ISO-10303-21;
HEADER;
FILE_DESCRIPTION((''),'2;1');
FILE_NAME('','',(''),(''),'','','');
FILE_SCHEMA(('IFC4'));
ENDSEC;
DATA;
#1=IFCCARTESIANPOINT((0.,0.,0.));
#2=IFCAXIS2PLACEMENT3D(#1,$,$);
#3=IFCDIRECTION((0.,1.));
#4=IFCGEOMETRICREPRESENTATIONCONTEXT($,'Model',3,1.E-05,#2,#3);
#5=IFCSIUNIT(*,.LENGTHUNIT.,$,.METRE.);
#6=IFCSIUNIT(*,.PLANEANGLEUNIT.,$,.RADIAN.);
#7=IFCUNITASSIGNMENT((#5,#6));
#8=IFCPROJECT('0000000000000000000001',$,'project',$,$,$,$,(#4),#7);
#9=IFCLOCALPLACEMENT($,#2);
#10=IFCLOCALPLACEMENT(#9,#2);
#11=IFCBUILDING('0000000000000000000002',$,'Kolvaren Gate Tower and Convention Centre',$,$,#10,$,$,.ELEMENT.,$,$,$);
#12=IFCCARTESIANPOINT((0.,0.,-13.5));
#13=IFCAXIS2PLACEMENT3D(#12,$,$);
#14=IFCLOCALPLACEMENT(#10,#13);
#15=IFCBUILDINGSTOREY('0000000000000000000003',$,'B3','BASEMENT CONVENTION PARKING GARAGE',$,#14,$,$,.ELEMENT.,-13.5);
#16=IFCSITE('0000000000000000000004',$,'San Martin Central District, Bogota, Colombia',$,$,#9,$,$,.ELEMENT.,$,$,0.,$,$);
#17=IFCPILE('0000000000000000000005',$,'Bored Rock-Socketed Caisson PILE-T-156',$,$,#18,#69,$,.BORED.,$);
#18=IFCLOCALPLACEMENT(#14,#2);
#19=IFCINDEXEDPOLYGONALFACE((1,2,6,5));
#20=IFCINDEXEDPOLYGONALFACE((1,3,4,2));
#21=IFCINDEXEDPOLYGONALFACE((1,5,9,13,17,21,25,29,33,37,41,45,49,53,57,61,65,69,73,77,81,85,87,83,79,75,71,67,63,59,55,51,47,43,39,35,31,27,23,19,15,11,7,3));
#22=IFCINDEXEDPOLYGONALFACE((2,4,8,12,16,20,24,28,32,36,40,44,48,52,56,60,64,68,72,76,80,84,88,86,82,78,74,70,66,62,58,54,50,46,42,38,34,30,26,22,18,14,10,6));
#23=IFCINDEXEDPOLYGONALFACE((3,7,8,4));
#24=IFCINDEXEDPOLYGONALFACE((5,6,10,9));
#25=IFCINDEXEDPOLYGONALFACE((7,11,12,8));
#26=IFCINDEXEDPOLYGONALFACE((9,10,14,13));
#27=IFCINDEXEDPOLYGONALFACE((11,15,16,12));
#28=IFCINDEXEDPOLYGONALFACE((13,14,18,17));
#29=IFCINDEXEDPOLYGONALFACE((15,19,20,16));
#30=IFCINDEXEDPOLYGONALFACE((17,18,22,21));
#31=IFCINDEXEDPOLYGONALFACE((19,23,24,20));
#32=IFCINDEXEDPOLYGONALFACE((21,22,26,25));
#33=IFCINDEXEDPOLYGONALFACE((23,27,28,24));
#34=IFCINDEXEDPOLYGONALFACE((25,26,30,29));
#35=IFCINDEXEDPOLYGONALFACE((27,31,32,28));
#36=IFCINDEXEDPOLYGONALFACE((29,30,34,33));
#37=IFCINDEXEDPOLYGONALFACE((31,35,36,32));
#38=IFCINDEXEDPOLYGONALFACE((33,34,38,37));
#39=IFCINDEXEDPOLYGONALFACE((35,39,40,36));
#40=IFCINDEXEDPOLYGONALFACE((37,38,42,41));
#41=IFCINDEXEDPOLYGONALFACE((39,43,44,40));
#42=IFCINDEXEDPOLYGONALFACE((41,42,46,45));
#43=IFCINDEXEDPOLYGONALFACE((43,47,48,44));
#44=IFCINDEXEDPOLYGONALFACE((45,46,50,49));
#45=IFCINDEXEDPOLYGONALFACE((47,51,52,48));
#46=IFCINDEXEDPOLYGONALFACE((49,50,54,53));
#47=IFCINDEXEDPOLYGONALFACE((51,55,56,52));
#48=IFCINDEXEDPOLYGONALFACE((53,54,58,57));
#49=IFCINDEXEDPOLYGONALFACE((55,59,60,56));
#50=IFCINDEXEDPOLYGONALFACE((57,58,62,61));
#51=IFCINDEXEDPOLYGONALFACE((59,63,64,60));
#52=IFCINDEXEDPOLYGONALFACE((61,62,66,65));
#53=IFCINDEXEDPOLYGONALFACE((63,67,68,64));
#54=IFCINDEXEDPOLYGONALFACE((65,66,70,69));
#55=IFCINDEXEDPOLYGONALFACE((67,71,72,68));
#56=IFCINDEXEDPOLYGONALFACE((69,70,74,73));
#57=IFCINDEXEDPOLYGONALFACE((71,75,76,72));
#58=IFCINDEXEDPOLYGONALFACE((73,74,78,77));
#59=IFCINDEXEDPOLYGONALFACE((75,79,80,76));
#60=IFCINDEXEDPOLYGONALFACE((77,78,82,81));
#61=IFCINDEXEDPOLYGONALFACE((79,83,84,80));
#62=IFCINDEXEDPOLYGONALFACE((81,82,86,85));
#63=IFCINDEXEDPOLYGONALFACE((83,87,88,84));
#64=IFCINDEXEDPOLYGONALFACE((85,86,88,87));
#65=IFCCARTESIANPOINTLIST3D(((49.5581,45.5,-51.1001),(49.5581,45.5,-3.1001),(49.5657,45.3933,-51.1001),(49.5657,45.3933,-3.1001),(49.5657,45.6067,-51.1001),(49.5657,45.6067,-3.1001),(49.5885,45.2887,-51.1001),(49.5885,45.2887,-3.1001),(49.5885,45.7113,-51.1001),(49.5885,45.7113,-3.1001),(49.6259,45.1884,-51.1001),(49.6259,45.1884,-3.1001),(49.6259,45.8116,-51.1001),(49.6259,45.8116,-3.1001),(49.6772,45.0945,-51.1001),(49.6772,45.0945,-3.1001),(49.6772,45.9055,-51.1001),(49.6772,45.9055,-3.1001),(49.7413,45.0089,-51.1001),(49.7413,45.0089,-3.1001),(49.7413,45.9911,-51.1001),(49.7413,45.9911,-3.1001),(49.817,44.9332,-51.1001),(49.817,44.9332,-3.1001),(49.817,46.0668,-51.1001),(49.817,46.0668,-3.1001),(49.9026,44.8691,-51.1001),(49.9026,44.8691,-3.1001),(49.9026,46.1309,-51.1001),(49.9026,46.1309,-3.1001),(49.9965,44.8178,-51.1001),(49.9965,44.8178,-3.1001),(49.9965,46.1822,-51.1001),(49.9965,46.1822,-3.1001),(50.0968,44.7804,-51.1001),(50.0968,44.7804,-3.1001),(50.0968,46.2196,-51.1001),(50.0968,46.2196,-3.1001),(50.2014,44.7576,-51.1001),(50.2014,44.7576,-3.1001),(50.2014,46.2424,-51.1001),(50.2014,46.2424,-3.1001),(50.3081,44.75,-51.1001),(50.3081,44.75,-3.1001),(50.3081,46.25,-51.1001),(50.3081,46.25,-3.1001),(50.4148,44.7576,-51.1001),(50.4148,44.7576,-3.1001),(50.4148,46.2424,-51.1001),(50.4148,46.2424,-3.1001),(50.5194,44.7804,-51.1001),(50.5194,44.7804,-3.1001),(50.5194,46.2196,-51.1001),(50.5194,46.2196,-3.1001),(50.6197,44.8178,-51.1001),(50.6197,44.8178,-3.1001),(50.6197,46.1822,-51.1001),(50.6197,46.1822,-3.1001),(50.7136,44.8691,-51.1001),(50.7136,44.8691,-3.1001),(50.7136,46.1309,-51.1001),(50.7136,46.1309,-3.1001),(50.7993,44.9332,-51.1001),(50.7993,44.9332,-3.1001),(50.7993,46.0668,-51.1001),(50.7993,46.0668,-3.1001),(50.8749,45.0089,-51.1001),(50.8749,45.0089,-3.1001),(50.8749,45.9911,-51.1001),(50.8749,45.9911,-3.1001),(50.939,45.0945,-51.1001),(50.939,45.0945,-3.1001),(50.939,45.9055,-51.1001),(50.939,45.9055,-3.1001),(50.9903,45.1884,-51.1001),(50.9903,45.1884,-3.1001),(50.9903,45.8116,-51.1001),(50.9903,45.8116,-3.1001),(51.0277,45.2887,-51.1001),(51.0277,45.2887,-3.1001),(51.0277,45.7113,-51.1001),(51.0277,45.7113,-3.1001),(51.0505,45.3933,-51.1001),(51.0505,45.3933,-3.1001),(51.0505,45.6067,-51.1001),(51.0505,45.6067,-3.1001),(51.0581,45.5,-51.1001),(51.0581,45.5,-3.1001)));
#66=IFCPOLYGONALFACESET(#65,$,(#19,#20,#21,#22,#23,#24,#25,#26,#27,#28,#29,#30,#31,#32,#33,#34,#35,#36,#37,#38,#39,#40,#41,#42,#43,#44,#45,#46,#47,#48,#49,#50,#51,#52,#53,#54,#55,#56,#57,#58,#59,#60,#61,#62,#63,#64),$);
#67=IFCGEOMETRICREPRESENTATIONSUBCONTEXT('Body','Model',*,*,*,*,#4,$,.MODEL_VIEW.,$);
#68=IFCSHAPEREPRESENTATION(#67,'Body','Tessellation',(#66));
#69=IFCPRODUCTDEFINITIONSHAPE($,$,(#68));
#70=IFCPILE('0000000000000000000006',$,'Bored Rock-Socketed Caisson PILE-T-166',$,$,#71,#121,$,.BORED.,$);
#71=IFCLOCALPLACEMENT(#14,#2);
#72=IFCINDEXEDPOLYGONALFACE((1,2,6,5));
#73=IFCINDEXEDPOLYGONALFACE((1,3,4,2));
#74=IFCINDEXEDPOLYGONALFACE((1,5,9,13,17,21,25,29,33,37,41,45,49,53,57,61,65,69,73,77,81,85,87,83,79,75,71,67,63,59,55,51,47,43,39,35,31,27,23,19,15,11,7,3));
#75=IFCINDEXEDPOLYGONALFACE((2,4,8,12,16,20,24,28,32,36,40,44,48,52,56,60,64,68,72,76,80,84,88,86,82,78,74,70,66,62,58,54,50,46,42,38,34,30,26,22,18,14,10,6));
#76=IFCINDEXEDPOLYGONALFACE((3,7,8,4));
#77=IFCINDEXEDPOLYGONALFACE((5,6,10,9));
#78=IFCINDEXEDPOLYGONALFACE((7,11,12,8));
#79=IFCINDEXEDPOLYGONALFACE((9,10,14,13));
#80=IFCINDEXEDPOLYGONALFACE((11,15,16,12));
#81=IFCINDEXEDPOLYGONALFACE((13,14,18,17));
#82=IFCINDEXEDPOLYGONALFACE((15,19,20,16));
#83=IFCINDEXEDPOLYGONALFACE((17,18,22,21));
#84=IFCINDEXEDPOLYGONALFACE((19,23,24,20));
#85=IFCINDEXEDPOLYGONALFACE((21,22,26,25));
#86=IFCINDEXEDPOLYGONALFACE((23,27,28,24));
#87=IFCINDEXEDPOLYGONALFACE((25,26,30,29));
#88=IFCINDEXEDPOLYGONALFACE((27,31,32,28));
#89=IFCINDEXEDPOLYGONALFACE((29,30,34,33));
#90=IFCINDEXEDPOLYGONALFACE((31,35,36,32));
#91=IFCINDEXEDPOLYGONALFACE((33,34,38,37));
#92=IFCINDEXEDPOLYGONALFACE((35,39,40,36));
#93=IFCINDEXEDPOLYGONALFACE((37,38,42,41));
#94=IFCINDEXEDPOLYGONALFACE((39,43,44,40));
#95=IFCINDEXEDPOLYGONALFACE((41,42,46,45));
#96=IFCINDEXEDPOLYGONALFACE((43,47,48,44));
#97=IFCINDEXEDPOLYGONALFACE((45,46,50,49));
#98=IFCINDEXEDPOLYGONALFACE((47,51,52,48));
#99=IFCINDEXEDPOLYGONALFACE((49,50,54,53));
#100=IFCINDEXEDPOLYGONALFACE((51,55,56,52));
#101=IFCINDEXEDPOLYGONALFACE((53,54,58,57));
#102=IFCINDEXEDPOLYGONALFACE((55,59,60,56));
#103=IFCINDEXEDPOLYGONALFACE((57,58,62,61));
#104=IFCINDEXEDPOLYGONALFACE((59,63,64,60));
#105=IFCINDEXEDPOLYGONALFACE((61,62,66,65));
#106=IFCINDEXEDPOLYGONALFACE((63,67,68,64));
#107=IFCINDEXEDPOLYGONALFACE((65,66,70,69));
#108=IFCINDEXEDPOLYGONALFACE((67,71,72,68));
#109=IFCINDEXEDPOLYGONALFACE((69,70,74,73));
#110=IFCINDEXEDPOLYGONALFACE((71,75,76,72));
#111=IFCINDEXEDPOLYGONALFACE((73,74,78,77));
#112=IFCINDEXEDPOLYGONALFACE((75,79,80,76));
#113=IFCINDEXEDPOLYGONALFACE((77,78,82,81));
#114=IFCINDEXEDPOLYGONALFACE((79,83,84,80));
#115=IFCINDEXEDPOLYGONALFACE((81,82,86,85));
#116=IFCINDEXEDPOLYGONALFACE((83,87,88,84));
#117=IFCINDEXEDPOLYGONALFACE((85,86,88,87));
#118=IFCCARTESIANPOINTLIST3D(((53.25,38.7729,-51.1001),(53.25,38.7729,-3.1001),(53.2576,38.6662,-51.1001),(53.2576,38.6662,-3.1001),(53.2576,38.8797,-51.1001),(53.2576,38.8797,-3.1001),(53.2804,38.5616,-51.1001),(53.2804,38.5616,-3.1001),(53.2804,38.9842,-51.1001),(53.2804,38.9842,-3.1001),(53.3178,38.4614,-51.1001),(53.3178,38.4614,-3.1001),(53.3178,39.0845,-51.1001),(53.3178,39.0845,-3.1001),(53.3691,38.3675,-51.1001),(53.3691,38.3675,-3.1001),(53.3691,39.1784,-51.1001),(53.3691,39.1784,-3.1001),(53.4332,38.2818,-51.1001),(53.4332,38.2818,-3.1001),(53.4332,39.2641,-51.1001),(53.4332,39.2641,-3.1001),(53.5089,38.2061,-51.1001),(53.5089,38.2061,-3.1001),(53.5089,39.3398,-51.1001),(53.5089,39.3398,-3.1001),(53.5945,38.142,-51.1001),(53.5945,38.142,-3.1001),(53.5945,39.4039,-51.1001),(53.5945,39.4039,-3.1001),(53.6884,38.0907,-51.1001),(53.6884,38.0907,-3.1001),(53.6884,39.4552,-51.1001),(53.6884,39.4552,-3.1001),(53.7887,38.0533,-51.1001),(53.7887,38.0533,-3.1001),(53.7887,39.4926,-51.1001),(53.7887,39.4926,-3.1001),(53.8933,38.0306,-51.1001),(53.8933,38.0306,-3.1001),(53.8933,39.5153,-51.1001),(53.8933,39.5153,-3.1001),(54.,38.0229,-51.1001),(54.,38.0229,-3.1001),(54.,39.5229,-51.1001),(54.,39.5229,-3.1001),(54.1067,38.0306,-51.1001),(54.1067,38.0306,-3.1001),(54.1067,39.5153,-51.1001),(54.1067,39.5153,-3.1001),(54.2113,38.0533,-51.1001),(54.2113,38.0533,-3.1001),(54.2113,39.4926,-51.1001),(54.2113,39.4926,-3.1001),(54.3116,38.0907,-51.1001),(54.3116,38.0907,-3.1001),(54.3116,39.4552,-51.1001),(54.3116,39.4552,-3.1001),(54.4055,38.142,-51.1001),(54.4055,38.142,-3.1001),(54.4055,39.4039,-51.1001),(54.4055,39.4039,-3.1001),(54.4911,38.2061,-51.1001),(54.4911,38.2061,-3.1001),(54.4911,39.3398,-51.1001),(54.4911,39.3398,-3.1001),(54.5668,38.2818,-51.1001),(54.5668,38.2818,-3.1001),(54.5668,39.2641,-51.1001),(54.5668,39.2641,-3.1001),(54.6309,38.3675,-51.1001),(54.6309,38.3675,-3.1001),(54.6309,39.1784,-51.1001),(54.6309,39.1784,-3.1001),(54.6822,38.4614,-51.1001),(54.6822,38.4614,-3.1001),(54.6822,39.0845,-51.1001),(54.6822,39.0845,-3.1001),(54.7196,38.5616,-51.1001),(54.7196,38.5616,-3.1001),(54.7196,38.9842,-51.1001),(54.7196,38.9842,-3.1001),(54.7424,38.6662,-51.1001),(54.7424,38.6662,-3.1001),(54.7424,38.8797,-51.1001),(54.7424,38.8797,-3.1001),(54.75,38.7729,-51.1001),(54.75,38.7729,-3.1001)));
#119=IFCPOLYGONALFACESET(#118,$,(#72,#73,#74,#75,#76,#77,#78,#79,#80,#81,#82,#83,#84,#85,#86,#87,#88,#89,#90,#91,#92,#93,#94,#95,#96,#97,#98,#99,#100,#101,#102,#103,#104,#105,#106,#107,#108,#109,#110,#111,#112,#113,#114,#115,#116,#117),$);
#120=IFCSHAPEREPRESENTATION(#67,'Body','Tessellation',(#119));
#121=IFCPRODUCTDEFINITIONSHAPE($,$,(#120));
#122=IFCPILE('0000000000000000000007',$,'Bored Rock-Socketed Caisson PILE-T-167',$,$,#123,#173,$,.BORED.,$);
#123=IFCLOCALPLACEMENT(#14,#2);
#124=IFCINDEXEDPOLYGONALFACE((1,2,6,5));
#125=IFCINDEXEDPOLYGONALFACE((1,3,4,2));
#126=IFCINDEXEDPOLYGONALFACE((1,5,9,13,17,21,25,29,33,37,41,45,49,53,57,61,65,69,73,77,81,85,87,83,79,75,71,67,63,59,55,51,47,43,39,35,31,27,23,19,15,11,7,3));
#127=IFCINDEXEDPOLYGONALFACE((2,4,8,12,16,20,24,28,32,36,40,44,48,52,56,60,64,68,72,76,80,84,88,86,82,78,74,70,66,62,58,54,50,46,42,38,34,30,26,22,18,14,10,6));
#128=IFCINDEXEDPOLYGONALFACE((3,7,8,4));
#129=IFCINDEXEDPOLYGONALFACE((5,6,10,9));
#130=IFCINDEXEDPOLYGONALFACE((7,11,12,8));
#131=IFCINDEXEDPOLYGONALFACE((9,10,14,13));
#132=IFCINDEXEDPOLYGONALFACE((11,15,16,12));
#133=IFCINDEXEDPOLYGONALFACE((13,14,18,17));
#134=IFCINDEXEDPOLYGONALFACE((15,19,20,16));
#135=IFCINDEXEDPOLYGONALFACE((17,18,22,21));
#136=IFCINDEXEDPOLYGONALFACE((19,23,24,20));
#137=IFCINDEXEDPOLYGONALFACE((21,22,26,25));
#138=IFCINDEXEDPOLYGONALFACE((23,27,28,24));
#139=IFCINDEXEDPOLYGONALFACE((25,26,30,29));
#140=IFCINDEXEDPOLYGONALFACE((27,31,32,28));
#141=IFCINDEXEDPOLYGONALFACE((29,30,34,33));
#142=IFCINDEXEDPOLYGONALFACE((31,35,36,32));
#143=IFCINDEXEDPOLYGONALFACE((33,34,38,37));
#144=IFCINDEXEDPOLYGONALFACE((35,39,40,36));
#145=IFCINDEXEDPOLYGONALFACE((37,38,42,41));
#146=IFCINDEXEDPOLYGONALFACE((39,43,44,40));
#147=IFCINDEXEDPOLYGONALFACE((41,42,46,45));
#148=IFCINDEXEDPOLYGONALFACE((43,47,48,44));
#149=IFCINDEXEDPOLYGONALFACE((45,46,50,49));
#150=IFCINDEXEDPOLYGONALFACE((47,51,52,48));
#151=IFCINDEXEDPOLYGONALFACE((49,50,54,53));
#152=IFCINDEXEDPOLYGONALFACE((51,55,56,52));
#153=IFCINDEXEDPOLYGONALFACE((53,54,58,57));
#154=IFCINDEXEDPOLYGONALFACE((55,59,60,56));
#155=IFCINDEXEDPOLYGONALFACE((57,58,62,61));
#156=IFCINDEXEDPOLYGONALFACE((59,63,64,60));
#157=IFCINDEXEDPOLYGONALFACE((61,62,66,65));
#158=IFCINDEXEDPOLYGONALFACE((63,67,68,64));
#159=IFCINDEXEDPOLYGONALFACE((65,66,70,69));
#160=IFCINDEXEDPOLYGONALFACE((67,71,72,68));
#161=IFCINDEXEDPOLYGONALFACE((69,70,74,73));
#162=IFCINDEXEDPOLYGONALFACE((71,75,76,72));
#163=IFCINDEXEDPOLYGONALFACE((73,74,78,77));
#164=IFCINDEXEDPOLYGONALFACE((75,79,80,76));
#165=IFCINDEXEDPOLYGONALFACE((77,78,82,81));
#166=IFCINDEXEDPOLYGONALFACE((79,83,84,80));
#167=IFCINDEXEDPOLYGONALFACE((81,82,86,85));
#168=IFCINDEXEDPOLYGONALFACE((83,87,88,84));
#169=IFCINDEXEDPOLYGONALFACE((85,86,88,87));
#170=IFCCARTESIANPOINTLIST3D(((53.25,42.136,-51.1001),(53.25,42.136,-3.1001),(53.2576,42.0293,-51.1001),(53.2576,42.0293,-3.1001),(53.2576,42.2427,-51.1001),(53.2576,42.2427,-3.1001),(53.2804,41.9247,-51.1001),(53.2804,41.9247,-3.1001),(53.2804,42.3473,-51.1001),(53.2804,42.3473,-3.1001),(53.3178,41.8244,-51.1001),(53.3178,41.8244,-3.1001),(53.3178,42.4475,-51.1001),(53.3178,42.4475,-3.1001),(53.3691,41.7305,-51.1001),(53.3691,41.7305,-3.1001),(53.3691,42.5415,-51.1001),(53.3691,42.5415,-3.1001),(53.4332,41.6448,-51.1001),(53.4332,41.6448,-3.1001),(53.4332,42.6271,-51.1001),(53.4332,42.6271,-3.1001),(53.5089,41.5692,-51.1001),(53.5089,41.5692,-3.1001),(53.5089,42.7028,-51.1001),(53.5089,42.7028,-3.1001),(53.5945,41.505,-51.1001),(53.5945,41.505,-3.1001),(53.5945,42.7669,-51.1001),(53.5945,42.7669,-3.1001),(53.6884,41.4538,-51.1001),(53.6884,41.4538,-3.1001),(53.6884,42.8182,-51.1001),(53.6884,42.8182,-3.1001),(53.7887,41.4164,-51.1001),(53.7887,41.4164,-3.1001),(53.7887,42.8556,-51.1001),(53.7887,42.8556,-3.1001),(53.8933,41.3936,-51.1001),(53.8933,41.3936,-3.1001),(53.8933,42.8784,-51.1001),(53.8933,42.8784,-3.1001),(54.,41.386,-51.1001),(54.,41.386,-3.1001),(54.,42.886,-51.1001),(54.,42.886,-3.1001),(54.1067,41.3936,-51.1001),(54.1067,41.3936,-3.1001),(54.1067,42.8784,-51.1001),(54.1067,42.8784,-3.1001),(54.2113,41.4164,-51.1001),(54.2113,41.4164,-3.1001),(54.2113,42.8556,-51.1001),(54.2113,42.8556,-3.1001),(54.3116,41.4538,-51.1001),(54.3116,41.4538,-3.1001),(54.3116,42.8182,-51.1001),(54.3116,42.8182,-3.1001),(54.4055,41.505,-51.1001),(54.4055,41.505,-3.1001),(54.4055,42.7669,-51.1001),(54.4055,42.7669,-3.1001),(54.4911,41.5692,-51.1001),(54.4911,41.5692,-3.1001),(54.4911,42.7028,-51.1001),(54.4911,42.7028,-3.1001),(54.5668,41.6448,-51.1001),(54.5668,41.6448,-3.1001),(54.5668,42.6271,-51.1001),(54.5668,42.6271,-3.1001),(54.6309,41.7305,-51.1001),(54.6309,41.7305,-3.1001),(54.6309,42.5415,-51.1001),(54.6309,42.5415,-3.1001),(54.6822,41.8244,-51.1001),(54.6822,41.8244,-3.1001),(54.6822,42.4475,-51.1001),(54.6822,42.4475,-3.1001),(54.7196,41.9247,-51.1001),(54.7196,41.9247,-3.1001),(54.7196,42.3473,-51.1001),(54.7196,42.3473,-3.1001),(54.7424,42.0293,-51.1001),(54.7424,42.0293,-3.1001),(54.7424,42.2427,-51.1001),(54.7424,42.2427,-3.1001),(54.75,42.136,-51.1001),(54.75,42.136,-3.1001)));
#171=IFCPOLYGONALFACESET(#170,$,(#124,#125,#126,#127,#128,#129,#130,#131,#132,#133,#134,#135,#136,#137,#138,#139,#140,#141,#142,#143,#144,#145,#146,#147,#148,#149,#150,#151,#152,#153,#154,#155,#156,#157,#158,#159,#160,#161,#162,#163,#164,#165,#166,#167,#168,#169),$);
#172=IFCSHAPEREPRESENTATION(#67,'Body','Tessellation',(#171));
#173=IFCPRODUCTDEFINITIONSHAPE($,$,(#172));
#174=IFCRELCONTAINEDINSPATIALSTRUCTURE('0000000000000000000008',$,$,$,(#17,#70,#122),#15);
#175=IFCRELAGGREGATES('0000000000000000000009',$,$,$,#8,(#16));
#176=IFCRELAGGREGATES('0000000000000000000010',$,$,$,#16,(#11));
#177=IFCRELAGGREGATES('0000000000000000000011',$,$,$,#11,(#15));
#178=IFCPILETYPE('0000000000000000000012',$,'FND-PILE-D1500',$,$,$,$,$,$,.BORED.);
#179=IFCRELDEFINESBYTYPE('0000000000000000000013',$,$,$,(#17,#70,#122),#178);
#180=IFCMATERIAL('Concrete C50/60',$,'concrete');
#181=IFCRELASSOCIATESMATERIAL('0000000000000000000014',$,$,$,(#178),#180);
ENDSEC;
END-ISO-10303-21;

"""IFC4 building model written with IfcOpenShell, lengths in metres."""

from ifc_helpers import new_model, si_unit, direction, frame, origin, origin_2d, place, context, subcontext, project, spatial, circle, extrude, material, material_profile, profile_set, type_object, element, save


model = new_model("IFC4")

# Units and contexts
model_context = context("Model", 3, precision=1e-05, world=origin(), true_north=direction((0.0, 1.0)))
body_context = subcontext(model_context, "Body", "Model", "MODEL_VIEW")
ifc_project = project(units=[si_unit("LENGTHUNIT", "METRE"), si_unit("PLANEANGLEUNIT", "RADIAN")], contexts=[model_context])

# Site, building, storey
site_placement = place(None, origin())
site = spatial("IfcSite", under=ifc_project, at=site_placement, Name="San Martin Central District, Bogota, Colombia", CompositionType="ELEMENT", RefElevation=0.0)
building_placement = place(site_placement, origin())
building = spatial("IfcBuilding", under=site, at=building_placement, Name="Kolvaren Gate Tower and Convention Centre", CompositionType="ELEMENT")
storey_placement = place(building_placement, frame((0.0, 0.0, -13.5)))
storey = spatial("IfcBuildingStorey", under=building, at=storey_placement, Name="B3", Description="BASEMENT CONVENTION PARKING GARAGE", CompositionType="ELEMENT", Elevation=-13.5)

# Shared definitions
ifc_material_1 = material(Name="Concrete C50/60", Category="concrete")

# Piles
ifc_material_profile_1 = material_profile(ifc_material_1, circle(Radius=0.75, at=origin_2d()), Name="CAISSON-D1500")
ifc_profile_set_1 = profile_set([ifc_material_profile_1], Name="Concrete C50/60")
pile_type = type_object("IfcPileType", Name="FND-PILE-D1500", PredefinedType="BORED", material=ifc_profile_set_1)
for number, where, z_axis, x_axis, name in (
    (1, (50.3081, 45.5, -3.1001), (0.0, 0.0, -1.0), (1.0, 0.0, 0.0), "Bored Rock-Socketed Caisson PILE-T-156"),
    (2, (54.0, 38.7729, -3.1001), (0.0, 0.0, -1.0), (1.0, 0.0, 0.0), "Bored Rock-Socketed Caisson PILE-T-166"),
    (3, (54.0, 42.136, -3.1001), (0.0, 0.0, -1.0), (1.0, 0.0, 0.0), "Bored Rock-Socketed Caisson PILE-T-167"),
):
    element("IfcPile", number, at=place(storey_placement, frame(where, z_axis=z_axis, x_axis=x_axis)), inside=storey, type_object=pile_type, Name=name, PredefinedType="BORED", context=body_context, shape_type="SweptSolid", body=[
        extrude(circle(Radius=0.75, at=origin_2d()), origin(), (0.0, 0.0, 1.0), 48.0),
    ])

save(model, "model.ifc")
